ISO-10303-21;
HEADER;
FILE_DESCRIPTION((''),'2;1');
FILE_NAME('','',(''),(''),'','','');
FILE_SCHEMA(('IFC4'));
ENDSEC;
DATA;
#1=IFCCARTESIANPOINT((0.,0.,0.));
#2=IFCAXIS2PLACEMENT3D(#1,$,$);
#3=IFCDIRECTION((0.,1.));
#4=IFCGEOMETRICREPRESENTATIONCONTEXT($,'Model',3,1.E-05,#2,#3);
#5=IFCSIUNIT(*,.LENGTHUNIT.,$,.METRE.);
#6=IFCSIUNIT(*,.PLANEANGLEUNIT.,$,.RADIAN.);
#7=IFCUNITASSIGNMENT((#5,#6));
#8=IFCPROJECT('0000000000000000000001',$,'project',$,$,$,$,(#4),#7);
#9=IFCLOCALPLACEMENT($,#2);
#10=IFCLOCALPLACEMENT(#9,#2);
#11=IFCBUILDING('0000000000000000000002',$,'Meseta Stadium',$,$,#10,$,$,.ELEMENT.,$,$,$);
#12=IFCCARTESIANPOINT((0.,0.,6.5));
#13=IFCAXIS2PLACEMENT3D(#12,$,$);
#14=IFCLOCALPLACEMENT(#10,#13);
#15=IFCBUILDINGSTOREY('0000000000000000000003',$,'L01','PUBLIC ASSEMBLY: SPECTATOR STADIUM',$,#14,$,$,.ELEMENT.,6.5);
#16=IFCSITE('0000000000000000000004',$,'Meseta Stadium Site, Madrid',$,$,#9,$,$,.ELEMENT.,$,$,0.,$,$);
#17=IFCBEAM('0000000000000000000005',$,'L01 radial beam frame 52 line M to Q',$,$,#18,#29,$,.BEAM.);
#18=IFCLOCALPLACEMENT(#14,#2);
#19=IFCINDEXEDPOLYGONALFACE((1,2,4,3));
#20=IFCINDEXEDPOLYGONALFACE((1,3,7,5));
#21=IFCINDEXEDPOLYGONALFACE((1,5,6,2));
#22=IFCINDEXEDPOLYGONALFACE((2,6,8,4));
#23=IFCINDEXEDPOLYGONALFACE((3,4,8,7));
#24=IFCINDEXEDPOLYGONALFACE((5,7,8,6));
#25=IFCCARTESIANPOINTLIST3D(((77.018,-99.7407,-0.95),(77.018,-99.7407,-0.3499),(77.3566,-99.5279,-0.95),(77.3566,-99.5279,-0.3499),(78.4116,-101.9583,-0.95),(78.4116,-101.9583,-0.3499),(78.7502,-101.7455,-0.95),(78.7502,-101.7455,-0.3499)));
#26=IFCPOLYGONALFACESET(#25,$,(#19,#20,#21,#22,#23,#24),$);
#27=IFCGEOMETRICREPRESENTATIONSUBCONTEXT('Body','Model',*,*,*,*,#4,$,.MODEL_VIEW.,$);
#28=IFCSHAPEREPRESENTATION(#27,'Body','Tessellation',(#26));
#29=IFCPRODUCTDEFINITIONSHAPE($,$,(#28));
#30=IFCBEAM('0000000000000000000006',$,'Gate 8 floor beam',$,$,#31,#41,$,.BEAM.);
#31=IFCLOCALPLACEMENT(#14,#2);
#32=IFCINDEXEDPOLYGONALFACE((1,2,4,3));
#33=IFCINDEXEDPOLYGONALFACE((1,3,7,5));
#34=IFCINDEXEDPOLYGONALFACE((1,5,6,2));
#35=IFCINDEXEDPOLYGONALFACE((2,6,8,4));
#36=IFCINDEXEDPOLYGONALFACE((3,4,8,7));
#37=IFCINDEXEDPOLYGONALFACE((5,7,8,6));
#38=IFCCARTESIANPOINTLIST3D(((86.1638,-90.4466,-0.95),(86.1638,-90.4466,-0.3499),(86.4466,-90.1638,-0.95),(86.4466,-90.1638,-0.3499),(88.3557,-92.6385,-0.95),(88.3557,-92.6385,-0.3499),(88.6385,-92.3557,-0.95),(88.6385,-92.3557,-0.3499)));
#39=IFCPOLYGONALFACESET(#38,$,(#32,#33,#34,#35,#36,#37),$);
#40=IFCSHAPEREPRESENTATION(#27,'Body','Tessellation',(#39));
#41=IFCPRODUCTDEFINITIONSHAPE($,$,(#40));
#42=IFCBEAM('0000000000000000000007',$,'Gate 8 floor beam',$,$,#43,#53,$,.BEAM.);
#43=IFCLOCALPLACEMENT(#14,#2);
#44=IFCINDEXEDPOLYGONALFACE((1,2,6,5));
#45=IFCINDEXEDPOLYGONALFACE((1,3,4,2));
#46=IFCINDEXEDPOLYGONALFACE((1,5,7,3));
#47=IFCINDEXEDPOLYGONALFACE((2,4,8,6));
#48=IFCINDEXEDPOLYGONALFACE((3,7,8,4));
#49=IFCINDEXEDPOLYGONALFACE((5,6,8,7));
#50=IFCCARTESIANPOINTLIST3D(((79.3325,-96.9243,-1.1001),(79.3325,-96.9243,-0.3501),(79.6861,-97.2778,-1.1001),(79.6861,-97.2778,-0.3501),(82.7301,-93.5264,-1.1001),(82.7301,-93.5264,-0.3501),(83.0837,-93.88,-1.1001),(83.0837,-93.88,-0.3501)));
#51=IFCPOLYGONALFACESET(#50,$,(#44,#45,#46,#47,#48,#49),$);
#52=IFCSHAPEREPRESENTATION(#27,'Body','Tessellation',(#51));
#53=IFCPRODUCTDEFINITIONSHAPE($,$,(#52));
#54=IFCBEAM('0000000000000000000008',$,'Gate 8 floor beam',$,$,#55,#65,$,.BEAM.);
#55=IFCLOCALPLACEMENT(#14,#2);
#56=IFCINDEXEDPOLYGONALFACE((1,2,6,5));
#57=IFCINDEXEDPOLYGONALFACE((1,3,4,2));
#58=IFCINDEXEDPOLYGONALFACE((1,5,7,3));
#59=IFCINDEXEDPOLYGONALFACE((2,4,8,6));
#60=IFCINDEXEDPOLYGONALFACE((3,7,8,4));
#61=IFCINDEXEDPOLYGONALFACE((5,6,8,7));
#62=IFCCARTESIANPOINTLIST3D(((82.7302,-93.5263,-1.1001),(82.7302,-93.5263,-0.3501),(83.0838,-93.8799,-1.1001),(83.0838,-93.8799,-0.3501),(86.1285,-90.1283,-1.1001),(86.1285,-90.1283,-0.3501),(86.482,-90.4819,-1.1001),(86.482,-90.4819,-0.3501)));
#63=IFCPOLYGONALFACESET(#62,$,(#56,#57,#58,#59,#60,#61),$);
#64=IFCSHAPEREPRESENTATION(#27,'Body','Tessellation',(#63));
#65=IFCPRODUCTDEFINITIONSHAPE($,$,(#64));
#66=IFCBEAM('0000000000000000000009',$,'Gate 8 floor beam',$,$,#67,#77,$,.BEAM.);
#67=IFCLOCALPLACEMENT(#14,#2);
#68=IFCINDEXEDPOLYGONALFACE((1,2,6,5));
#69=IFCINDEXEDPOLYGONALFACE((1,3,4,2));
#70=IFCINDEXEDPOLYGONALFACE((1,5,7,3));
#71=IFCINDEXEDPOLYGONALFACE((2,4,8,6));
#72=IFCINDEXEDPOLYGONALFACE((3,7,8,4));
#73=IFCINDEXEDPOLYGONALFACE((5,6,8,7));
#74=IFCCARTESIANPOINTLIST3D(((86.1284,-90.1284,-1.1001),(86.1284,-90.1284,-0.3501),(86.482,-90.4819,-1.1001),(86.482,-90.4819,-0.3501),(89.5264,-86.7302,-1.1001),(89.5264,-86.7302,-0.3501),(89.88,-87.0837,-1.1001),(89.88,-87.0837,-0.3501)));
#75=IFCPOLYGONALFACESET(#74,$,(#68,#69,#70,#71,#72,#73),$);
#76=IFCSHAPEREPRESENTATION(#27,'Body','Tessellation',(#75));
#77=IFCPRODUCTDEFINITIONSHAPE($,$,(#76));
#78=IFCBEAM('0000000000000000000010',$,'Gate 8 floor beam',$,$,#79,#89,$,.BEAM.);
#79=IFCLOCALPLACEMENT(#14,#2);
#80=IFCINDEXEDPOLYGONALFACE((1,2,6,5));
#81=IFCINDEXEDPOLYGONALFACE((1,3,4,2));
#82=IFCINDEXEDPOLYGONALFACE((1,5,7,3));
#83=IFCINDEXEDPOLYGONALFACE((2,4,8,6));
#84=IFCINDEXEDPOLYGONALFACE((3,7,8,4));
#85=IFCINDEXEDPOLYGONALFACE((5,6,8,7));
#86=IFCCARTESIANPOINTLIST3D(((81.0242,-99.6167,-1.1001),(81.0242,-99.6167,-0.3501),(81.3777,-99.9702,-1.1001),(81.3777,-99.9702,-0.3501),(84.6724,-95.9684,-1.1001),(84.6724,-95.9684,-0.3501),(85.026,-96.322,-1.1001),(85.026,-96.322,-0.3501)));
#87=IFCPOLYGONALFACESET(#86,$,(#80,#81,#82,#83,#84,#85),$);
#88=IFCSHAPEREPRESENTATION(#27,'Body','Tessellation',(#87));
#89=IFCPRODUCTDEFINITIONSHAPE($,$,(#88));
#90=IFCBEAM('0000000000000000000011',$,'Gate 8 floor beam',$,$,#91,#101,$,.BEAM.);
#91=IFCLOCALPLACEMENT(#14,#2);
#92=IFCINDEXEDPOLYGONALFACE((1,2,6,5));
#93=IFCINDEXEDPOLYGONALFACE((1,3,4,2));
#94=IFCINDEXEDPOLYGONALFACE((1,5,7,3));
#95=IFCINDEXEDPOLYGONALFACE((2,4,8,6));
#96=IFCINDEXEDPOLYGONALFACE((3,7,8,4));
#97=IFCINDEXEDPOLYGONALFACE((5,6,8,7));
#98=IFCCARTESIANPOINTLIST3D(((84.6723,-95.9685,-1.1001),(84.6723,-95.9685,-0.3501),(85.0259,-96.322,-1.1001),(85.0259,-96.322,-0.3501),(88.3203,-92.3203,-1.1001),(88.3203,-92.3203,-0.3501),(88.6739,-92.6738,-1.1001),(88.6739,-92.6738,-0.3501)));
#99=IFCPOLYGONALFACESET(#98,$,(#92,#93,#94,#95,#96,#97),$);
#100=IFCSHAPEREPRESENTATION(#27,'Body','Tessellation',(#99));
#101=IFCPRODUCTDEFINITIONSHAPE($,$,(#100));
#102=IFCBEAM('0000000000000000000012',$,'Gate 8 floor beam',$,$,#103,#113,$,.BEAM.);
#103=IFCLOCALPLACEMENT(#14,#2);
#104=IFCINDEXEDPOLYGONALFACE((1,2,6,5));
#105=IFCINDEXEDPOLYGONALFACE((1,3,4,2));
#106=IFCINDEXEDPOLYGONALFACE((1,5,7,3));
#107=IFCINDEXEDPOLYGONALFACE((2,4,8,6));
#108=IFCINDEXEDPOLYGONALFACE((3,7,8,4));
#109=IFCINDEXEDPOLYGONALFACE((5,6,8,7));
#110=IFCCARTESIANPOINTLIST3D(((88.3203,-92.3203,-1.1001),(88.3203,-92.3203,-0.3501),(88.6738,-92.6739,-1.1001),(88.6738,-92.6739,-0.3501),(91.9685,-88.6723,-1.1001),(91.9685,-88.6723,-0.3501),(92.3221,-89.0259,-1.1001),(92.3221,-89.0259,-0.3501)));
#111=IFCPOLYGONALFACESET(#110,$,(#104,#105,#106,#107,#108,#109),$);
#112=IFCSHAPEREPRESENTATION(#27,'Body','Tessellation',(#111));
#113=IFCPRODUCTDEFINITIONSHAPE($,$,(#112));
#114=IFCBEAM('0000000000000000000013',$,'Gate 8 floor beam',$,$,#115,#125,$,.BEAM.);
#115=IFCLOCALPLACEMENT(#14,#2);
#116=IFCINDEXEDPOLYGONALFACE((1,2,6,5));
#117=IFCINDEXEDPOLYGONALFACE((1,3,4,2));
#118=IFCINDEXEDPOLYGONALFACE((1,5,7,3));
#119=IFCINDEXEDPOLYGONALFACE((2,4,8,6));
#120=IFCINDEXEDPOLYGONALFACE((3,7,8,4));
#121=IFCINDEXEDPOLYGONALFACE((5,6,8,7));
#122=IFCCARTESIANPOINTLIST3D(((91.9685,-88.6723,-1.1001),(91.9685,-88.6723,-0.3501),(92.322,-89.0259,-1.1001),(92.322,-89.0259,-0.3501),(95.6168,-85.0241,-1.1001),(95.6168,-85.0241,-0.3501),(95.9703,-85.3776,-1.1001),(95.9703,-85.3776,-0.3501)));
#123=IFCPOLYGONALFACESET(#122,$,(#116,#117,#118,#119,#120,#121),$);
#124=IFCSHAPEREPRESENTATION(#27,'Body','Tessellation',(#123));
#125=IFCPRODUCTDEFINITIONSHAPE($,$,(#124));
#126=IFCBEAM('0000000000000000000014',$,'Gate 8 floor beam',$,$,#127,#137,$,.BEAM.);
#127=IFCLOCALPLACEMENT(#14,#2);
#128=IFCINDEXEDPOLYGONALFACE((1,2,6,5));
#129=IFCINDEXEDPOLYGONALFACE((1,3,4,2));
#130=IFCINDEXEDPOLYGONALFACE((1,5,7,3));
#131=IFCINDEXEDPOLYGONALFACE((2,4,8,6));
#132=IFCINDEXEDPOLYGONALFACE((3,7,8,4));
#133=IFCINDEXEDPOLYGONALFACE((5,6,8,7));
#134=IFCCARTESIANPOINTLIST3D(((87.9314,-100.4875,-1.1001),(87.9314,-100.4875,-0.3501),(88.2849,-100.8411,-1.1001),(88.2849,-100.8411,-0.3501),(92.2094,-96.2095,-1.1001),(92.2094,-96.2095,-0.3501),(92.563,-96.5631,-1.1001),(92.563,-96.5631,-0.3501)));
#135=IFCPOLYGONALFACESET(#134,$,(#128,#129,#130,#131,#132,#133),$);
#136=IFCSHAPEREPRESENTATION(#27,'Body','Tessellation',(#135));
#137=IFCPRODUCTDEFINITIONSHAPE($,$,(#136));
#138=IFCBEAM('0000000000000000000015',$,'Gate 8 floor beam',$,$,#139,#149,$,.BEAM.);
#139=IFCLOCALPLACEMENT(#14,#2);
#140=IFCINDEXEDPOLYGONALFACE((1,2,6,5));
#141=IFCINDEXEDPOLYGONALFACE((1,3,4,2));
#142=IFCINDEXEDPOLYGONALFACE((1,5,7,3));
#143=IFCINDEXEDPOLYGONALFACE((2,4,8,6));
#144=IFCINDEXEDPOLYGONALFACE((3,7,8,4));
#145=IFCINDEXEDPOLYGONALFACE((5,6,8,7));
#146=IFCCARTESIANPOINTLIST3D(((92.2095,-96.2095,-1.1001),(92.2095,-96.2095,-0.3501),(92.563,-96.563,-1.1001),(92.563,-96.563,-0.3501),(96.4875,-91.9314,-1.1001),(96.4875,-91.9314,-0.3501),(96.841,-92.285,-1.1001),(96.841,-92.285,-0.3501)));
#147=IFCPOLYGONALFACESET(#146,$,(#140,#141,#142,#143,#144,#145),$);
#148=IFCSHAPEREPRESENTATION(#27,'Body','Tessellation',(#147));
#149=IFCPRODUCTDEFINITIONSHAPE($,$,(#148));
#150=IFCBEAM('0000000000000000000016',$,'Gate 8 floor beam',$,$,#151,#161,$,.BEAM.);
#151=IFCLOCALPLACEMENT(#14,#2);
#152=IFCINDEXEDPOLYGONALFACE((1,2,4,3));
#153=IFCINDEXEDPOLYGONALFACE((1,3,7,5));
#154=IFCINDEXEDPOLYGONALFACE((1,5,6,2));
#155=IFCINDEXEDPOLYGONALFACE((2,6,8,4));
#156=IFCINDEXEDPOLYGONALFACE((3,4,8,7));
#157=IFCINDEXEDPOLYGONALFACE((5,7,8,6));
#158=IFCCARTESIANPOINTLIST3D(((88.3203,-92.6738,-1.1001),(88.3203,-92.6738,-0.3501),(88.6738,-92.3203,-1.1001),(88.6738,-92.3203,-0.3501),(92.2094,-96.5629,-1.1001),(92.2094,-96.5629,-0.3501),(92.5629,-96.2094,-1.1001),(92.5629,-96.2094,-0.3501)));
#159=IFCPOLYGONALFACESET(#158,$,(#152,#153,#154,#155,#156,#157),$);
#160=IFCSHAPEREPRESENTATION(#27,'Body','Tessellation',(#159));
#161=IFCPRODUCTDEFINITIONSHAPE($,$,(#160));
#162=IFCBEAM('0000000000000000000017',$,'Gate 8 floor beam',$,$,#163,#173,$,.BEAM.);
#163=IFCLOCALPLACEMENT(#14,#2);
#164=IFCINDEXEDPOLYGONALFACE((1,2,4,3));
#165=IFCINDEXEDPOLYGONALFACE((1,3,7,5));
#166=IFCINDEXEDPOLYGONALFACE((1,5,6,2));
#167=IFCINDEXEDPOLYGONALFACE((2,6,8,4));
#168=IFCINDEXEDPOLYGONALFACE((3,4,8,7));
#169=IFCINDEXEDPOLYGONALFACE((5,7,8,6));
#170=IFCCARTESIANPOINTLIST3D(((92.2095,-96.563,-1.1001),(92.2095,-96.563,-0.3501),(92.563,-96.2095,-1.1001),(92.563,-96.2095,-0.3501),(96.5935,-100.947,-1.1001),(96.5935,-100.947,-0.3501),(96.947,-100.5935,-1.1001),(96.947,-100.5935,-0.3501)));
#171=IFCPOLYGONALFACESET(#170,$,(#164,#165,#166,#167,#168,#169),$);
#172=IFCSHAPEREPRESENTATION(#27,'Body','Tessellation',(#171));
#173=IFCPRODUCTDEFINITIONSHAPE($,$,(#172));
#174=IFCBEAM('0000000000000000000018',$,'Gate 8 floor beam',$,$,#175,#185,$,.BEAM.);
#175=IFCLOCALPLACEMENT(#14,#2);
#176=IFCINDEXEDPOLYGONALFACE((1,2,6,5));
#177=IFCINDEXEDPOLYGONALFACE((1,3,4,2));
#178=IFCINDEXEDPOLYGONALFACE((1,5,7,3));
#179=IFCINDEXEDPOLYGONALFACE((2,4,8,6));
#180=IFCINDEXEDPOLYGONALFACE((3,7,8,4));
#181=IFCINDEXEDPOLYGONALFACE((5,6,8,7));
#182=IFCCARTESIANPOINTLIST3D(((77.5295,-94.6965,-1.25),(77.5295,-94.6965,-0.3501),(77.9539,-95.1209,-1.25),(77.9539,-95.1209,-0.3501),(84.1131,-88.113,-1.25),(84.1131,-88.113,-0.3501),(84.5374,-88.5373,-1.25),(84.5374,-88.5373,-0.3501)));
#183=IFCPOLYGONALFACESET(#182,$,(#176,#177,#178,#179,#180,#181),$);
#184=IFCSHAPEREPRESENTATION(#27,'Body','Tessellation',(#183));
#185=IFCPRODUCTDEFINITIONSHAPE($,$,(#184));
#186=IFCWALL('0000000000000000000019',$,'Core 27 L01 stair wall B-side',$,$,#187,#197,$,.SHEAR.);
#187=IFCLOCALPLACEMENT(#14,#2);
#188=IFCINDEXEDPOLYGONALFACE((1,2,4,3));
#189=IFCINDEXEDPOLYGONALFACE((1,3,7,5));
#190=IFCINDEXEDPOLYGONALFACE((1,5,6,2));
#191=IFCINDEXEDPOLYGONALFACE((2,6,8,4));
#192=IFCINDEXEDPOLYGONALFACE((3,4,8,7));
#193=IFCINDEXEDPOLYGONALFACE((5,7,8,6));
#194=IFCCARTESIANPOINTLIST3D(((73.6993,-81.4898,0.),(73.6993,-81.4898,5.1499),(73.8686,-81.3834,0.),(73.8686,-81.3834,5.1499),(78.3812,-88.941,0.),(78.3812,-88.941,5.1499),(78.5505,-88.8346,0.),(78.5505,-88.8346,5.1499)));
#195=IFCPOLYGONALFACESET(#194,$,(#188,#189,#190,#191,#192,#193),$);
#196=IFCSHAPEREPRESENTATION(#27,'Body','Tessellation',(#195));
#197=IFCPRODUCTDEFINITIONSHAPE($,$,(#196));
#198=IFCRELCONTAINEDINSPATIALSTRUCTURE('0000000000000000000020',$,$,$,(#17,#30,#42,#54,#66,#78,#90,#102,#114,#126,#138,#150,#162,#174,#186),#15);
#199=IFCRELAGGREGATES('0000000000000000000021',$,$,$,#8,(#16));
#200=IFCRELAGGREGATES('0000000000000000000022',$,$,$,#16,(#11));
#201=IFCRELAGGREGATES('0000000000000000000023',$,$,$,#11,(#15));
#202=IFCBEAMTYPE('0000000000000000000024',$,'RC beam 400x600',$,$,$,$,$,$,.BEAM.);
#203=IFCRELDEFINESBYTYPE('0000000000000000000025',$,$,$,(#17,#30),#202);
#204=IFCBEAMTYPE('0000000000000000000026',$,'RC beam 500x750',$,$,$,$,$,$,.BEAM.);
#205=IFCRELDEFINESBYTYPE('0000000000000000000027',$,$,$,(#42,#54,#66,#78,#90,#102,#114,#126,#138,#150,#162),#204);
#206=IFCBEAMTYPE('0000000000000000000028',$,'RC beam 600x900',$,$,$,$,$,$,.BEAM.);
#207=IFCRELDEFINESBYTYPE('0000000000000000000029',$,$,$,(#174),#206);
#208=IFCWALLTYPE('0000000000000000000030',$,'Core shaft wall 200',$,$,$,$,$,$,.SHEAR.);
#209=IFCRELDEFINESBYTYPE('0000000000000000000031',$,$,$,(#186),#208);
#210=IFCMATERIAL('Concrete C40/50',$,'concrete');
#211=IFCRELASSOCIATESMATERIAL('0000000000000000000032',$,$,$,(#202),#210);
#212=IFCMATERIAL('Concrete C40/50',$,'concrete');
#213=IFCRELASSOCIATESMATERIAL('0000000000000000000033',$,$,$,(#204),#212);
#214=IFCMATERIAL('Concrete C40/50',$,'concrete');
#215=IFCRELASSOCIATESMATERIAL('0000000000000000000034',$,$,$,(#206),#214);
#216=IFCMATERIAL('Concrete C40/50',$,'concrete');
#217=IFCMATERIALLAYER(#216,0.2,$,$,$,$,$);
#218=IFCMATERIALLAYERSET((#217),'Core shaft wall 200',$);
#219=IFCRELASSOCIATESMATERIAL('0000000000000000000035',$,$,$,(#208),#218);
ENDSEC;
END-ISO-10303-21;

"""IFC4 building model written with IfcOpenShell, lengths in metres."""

from ifc_helpers import new_model, si_unit, direction, frame, frame_2d, origin, origin_2d, place, context, subcontext, project, spatial, rectangle, extrude, material, layer, layer_set, material_profile, profile_set, type_object, element, save


model = new_model("IFC4")

# Units and contexts
model_context = context("Model", 3, precision=1e-05, world=origin(), true_north=direction((0.0, 1.0)))
body_context = subcontext(model_context, "Body", "Model", "MODEL_VIEW")
ifc_project = project(units=[si_unit("LENGTHUNIT", "METRE"), si_unit("PLANEANGLEUNIT", "RADIAN")], contexts=[model_context])

# Site, building, storey
site_placement = place(None, origin())
site = spatial("IfcSite", under=ifc_project, at=site_placement, Name="Meseta Stadium Site, Madrid", CompositionType="ELEMENT", RefElevation=0.0)
building_placement = place(site_placement, origin())
building = spatial("IfcBuilding", under=site, at=building_placement, Name="Meseta Stadium", CompositionType="ELEMENT")
storey_placement = place(building_placement, frame((0.0, 0.0, 6.5)))
storey = spatial("IfcBuildingStorey", under=building, at=storey_placement, Name="L01", Description="PUBLIC ASSEMBLY: SPECTATOR STADIUM", CompositionType="ELEMENT", Elevation=6.5)

# Beams
ifc_material_1 = material(Name="Concrete C40/50", Category="concrete")
ifc_material_profile_1 = material_profile(ifc_material_1, rectangle(XDim=0.3999, YDim=0.6001, at=origin_2d()), Name="RC 400x600")
ifc_profile_set_1 = profile_set([ifc_material_profile_1], Name="Concrete C40/50")
beam_type_1 = type_object("IfcBeamType", Name="RC beam 400x600", PredefinedType="BEAM", material=ifc_profile_set_1)
beam_1_placement = place(storey_placement, frame((77.1873, -99.6343, -0.6499), z_axis=(0.532084, -0.846692, 0.0), x_axis=(0.846692, 0.532084, 0.0)))
element("IfcBeam", 1, at=beam_1_placement, inside=storey, type_object=beam_type_1, Name="L01 radial beam frame 52 line M to Q", PredefinedType="BEAM", context=body_context, shape_type="SweptSolid", body=[
    extrude(rectangle(XDim=0.3999, YDim=0.6001, at=origin_2d()), origin(), (0.0, 0.0, 1.0), 2.6191),
])
beam_2_placement = place(storey_placement, frame((86.3052, -90.3052, -0.6499), z_axis=(0.707107, -0.707107, 0.0), x_axis=(0.707107, 0.707107, 0.0)))
element("IfcBeam", 2, at=beam_2_placement, inside=storey, type_object=beam_type_1, Name="Gate 8 floor beam", PredefinedType="BEAM", context=body_context, shape_type="SweptSolid", body=[
    extrude(rectangle(XDim=0.3999, YDim=0.6001, at=origin_2d()), origin(), (0.0, 0.0, 1.0), 3.0999),
])
ifc_material_2 = material(Name="Concrete C40/50", Category="concrete")
ifc_material_profile_2 = material_profile(ifc_material_2, rectangle(XDim=0.5, YDim=0.75, at=origin_2d()), Name="RC 500x750")
ifc_profile_set_2 = profile_set([ifc_material_profile_2], Name="Concrete C40/50")
beam_type_2 = type_object("IfcBeamType", Name="RC beam 500x750", PredefinedType="BEAM", material=ifc_profile_set_2)
beam_3_placement = place(storey_placement, frame((79.5093, -97.1011, -0.7251), z_axis=(0.707081, 0.707132, 0.0), x_axis=(-0.707132, 0.707081, 0.0)))
element("IfcBeam", 3, at=beam_3_placement, inside=storey, type_object=beam_type_2, Name="Gate 8 floor beam", PredefinedType="BEAM", context=body_context, shape_type="SweptSolid", body=[
    extrude(rectangle(XDim=0.5, YDim=0.75, at=origin_2d()), origin(), (0.0, 0.0, 1.0), 4.8052),
])
for number, where, z_axis, x_axis, name in (
    (4, (82.907, -93.7031, -0.7251), (0.707132, 0.707081, 0.0), (-0.707081, 0.707132, 0.0), "Gate 8 floor beam"),
    (5, (86.3052, -90.3052, -0.7251), (0.707081, 0.707132, 0.0), (-0.707132, 0.707081, 0.0), "Gate 8 floor beam"),
):
    element("IfcBeam", number, at=place(storey_placement, frame(where, z_axis=z_axis, x_axis=x_axis)), inside=storey, type_object=beam_type_2, Name=name, PredefinedType="BEAM", context=body_context, shape_type="SweptSolid", body=[
        extrude(rectangle(XDim=0.5, YDim=0.75, at=origin_2d()), origin(), (0.0, 0.0, 1.0), 4.8057),
    ])
beam_4_placement = place(storey_placement, frame((81.2009, -99.7935, -0.7251), z_axis=(0.707107, 0.707107, 0.0), x_axis=(-0.707107, 0.707107, 0.0)))
element("IfcBeam", 6, at=beam_4_placement, inside=storey, type_object=beam_type_2, Name="Gate 8 floor beam", PredefinedType="BEAM", context=body_context, shape_type="SweptSolid", body=[
    extrude(rectangle(XDim=0.5, YDim=0.75, at=origin_2d()), origin(), (0.0, 0.0, 1.0), 5.1594),
])
for number, where, z_axis, x_axis, name in (
    (7, (84.8491, -96.1453, -0.7251), (0.707083, 0.70713, 0.0), (-0.70713, 0.707083, 0.0), "Gate 8 floor beam"),
    (8, (88.4971, -92.4971, -0.7251), (0.70713, 0.707083, 0.0), (-0.707083, 0.70713, 0.0), "Gate 8 floor beam"),
):
    element("IfcBeam", number, at=place(storey_placement, frame(where, z_axis=z_axis, x_axis=x_axis)), inside=storey, type_object=beam_type_2, Name=name, PredefinedType="BEAM", context=body_context, shape_type="SweptSolid", body=[
        extrude(rectangle(XDim=0.5, YDim=0.75, at=origin_2d()), origin(), (0.0, 0.0, 1.0), 5.1592),
    ])
beam_5_placement = place(storey_placement, frame((92.1453, -88.8491, -0.7251), z_axis=(0.707107, 0.707107, 0.0), x_axis=(-0.707107, 0.707107, 0.0)))
element("IfcBeam", 9, at=beam_5_placement, inside=storey, type_object=beam_type_2, Name="Gate 8 floor beam", PredefinedType="BEAM", context=body_context, shape_type="SweptSolid", body=[
    extrude(rectangle(XDim=0.5, YDim=0.75, at=origin_2d()), origin(), (0.0, 0.0, 1.0), 5.1594),
])
for number, where, z_axis, x_axis, name in (
    (10, (88.1082, -100.6643, -0.7251), (0.707107, 0.707107, 0.0), (-0.707107, 0.707107, 0.0), "Gate 8 floor beam"),
    (11, (92.3862, -96.3862, -0.7251), (0.707107, 0.707107, 0.0), (-0.707107, 0.707107, 0.0), "Gate 8 floor beam"),
):
    element("IfcBeam", number, at=place(storey_placement, frame(where, z_axis=z_axis, x_axis=x_axis)), inside=storey, type_object=beam_type_2, Name=name, PredefinedType="BEAM", context=body_context, shape_type="SweptSolid", body=[
        extrude(rectangle(XDim=0.5, YDim=0.75, at=origin_2d()), origin(), (0.0, 0.0, 1.0), 6.05),
    ])
beam_6_placement = place(storey_placement, frame((88.4971, -92.4971, -0.7251), z_axis=(0.707107, -0.707107, 0.0), x_axis=(0.707107, 0.707107, 0.0)))
element("IfcBeam", 12, at=beam_6_placement, inside=storey, type_object=beam_type_2, Name="Gate 8 floor beam", PredefinedType="BEAM", context=body_context, shape_type="SweptSolid", body=[
    extrude(rectangle(XDim=0.5, YDim=0.75, at=origin_2d()), origin(), (0.0, 0.0, 1.0), 5.5),
])
beam_7_placement = place(storey_placement, frame((92.3862, -96.3862, -0.7251), z_axis=(0.707107, -0.707107, 0.0), x_axis=(0.707107, 0.707107, 0.0)))
element("IfcBeam", 13, at=beam_7_placement, inside=storey, type_object=beam_type_2, Name="Gate 8 floor beam", PredefinedType="BEAM", context=body_context, shape_type="SweptSolid", body=[
    extrude(rectangle(XDim=0.5, YDim=0.75, at=origin_2d()), origin(), (0.0, 0.0, 1.0), 6.2),
])
ifc_material_3 = material(Name="Concrete C40/50", Category="concrete")
ifc_material_profile_3 = material_profile(ifc_material_3, rectangle(XDim=0.6001, YDim=0.8999, at=origin_2d()), Name="RC 600x900")
ifc_profile_set_3 = profile_set([ifc_material_profile_3], Name="Concrete C40/50")
beam_type_3 = type_object("IfcBeamType", Name="RC beam 600x900", PredefinedType="BEAM", material=ifc_profile_set_3)
beam_8_placement = place(storey_placement, frame((77.7417, -94.9087, -0.8), z_axis=(0.707107, 0.707107, 0.0), x_axis=(-0.707107, 0.707107, 0.0)))
element("IfcBeam", 14, at=beam_8_placement, inside=storey, type_object=beam_type_3, Name="Gate 8 floor beam", PredefinedType="BEAM", context=body_context, shape_type="SweptSolid", body=[
    extrude(rectangle(XDim=0.6001, YDim=0.8999, at=origin_2d()), origin(), (0.0, 0.0, 1.0), 9.3105),
])

# Wall
ifc_material_4 = material(Name="Concrete C40/50", Category="concrete")
ifc_layer = layer(ifc_material_4, 0.2)
ifc_layer_set = layer_set([ifc_layer], Name="Core shaft wall 200")
wall_type = type_object("IfcWallType", Name="Core shaft wall 200", PredefinedType="SHEAR", material=ifc_layer_set)
wall_placement = place(storey_placement, frame((78.4658, -88.8877, 0.0), z_axis=(0.0, 0.0, 1.0), x_axis=(-0.532032, 0.846724, 0.0)))
element("IfcWall", 15, at=wall_placement, inside=storey, type_object=wall_type, Name="Core 27 L01 stair wall B-side", PredefinedType="SHEAR", context=body_context, shape_type="SweptSolid", body=[
    extrude(rectangle(XDim=8.8, YDim=0.2, at=frame_2d((4.3999, 0.0))), origin(), (0.0, 0.0, 1.0), 5.1499),
])

save(model, "model.ifc")
